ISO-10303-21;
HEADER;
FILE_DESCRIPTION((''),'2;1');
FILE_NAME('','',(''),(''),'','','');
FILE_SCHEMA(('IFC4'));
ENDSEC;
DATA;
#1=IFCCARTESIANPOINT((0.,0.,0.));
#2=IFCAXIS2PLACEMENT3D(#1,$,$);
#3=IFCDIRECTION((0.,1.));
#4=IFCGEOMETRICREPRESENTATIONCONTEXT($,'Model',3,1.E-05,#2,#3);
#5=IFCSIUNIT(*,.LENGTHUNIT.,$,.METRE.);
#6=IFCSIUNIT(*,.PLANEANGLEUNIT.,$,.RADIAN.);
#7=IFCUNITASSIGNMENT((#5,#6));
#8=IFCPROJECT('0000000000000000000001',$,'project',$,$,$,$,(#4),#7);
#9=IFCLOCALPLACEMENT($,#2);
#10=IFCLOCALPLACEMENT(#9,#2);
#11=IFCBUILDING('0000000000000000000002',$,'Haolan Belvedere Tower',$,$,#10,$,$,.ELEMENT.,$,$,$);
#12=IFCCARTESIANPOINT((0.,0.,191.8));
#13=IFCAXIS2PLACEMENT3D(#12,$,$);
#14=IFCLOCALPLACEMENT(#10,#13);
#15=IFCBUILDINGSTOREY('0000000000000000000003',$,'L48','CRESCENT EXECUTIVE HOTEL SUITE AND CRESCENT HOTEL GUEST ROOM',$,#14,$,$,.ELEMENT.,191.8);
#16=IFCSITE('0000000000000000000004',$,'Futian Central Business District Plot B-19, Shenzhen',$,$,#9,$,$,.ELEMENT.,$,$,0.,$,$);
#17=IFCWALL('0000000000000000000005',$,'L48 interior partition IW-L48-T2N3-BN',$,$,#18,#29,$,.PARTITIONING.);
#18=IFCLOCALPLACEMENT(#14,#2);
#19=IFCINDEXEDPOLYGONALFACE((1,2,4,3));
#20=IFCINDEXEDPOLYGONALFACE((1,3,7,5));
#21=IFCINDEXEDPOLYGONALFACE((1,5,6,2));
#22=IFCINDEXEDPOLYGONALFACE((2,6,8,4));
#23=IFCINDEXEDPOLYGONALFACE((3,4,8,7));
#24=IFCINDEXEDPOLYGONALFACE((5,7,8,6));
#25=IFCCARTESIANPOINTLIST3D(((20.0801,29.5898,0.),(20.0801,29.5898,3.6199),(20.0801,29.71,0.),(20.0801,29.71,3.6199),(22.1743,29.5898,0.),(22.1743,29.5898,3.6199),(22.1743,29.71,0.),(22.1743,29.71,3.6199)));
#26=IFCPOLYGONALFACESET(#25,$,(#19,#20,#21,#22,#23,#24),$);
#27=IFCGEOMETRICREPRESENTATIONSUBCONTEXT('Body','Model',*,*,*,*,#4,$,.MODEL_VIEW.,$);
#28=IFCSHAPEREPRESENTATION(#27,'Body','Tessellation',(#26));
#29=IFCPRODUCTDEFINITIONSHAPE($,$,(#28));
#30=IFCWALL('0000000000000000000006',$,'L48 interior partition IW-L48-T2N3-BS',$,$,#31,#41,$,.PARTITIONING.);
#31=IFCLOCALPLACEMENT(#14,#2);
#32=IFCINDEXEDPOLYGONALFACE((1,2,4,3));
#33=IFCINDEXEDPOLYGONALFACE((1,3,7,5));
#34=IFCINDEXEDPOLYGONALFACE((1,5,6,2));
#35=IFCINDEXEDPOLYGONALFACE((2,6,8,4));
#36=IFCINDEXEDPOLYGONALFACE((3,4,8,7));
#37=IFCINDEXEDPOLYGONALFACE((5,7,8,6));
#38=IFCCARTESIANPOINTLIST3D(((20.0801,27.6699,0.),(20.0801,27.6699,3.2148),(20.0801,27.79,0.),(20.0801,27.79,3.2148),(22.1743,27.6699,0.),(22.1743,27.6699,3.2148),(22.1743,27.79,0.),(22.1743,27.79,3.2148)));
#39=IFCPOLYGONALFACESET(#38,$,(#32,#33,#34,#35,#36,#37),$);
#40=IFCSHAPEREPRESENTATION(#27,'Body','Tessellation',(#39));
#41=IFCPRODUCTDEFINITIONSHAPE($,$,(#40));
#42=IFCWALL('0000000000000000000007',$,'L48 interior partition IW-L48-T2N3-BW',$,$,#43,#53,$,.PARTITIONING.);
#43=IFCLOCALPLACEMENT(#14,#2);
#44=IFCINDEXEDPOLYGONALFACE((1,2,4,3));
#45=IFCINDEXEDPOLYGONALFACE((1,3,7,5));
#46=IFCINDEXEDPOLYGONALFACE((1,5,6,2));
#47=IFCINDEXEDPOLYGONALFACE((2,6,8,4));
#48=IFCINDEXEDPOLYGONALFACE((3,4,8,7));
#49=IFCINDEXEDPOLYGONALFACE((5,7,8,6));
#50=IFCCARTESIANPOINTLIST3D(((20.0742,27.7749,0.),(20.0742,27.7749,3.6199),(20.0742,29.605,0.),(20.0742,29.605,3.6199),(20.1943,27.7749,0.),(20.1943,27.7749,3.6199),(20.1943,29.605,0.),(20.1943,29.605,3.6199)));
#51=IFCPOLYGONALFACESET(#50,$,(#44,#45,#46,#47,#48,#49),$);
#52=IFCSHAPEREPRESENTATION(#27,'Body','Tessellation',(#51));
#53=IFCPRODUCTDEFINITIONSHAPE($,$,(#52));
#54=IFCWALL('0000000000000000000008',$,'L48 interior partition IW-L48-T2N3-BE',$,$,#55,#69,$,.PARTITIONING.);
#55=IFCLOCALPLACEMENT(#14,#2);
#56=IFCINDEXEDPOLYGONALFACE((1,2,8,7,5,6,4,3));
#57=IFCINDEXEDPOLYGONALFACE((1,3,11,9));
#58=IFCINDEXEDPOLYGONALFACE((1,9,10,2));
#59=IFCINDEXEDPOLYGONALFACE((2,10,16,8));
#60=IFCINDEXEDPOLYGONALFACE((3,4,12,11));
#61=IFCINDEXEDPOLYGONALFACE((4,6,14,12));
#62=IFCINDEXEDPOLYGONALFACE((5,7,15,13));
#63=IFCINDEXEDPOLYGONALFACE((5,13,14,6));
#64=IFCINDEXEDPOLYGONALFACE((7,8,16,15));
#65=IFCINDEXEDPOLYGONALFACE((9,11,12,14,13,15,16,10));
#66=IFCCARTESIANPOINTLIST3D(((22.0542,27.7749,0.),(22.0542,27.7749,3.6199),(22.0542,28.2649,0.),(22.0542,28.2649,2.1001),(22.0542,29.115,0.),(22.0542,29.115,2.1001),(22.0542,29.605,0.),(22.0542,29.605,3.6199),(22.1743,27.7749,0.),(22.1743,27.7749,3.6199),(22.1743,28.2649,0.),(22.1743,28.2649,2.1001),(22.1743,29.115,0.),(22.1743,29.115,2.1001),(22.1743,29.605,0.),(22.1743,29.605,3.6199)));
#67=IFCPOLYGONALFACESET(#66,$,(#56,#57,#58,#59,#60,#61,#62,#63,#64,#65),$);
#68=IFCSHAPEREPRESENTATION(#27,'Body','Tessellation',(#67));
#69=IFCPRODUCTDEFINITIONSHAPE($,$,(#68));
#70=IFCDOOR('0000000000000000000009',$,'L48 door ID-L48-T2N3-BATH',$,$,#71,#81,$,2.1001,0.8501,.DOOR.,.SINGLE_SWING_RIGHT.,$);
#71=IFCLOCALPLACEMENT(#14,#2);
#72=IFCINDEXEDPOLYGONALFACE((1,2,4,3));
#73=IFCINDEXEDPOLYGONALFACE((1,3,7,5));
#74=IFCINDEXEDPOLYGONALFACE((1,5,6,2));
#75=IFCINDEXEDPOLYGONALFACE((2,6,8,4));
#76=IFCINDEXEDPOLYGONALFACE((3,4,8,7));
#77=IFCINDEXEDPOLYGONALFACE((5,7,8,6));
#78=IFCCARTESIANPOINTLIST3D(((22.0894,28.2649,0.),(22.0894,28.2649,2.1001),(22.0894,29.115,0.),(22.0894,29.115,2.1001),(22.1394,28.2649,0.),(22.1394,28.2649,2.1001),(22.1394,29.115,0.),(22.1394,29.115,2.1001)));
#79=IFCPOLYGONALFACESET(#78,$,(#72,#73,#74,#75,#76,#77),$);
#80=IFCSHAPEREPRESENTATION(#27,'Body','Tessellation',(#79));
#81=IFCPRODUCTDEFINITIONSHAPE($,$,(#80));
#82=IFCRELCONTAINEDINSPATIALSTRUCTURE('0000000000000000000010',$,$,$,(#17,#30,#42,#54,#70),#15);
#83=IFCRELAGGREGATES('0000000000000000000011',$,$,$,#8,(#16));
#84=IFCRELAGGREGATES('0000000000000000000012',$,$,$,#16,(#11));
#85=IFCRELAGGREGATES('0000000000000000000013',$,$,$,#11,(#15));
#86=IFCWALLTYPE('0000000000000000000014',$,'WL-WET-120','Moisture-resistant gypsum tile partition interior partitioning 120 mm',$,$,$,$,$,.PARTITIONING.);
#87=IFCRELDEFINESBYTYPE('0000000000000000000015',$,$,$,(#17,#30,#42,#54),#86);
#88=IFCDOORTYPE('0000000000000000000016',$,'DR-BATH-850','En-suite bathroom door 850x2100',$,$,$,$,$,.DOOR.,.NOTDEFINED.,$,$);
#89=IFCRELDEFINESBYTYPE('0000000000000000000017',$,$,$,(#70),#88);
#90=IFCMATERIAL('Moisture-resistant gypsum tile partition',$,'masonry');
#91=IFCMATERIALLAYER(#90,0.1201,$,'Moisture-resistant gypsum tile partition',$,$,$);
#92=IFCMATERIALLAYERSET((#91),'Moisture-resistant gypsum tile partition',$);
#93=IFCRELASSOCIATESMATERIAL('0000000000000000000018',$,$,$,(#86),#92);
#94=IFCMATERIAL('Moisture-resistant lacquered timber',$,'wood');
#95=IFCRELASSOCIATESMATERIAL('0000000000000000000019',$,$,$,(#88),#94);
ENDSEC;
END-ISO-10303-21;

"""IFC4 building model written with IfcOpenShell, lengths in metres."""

from ifc_helpers import new_model, si_unit, direction, frame, frame_2d, origin, place, context, subcontext, project, spatial, rectangle, extrude, material, layer, layer_set, type_object, element, fill, save


model = new_model("IFC4")

# Units and contexts
model_context = context("Model", 3, precision=1e-05, world=origin(), true_north=direction((0.0, 1.0)))
body_context = subcontext(model_context, "Body", "Model", "MODEL_VIEW")
ifc_project = project(units=[si_unit("LENGTHUNIT", "METRE"), si_unit("PLANEANGLEUNIT", "RADIAN")], contexts=[model_context])

# Site, building, storey
site_placement = place(None, origin())
site = spatial("IfcSite", under=ifc_project, at=site_placement, Name="Futian Central Business District Plot B-19, Shenzhen", CompositionType="ELEMENT", RefElevation=0.0)
building_placement = place(site_placement, origin())
building = spatial("IfcBuilding", under=site, at=building_placement, Name="Haolan Belvedere Tower", CompositionType="ELEMENT")
storey_placement = place(building_placement, frame((0.0, 0.0, 191.8)))
storey = spatial("IfcBuildingStorey", under=building, at=storey_placement, Name="L48", Description="CRESCENT EXECUTIVE HOTEL SUITE AND CRESCENT HOTEL GUEST ROOM", CompositionType="ELEMENT", Elevation=191.8)

# Walls
ifc_material_1 = material(Name="Moisture-resistant gypsum tile partition", Category="masonry")
ifc_layer_1 = layer(ifc_material_1, 0.1201, Name="Moisture-resistant gypsum tile partition")
ifc_layer_set_1 = layer_set([ifc_layer_1], Name="Moisture-resistant gypsum tile partition")
wall_type_1 = type_object("IfcWallType", Name="WL-WET-120", Description="Moisture-resistant gypsum tile partition interior partitioning 120 mm", PredefinedType="PARTITIONING", material=ifc_layer_set_1)
wall_1_placement = place(storey_placement, frame((20.0801, 29.6499, 0.0), z_axis=(0.0, 0.0, 1.0), x_axis=(1.0, 0.0, 0.0)))
element("IfcWall", 1, at=wall_1_placement, inside=storey, type_object=wall_type_1, Name="L48 interior partition IW-L48-T2N3-BN", PredefinedType="PARTITIONING", context=body_context, shape_type="SweptSolid", body=[
    extrude(rectangle(XDim=2.0942, YDim=0.1201, at=frame_2d((1.0471, 0.0))), origin(), (0.0, 0.0, 1.0), 3.6199),
])
wall_2_placement = place(storey_placement, frame((20.0801, 27.73, 0.0), z_axis=(0.0, 0.0, 1.0), x_axis=(1.0, 0.0, 0.0)))
element("IfcWall", 2, at=wall_2_placement, inside=storey, type_object=wall_type_1, Name="L48 interior partition IW-L48-T2N3-BS", PredefinedType="PARTITIONING", context=body_context, shape_type="SweptSolid", body=[
    extrude(rectangle(XDim=2.0942, YDim=0.1201, at=frame_2d((1.0471, 0.0))), origin(), (0.0, 0.0, 1.0), 3.2148),
])
wall_3_placement = place(storey_placement, frame((20.1343, 27.7749, 0.0), z_axis=(0.0, 0.0, 1.0), x_axis=(0.0, 1.0, 0.0)))
element("IfcWall", 3, at=wall_3_placement, inside=storey, type_object=wall_type_1, Name="L48 interior partition IW-L48-T2N3-BW", PredefinedType="PARTITIONING", context=body_context, shape_type="SweptSolid", body=[
    extrude(rectangle(XDim=1.8301, YDim=0.1201, at=frame_2d((0.915, 0.0))), origin(), (0.0, 0.0, 1.0), 3.6199),
])

# Wall, opening, door
wall_4_placement = place(storey_placement, frame((22.1143, 27.7749, 0.0), z_axis=(0.0, 0.0, 1.0), x_axis=(0.0, 1.0, 0.0)))
wall_4 = element("IfcWall", 4, at=wall_4_placement, inside=storey, type_object=wall_type_1, Name="L48 interior partition IW-L48-T2N3-BE", PredefinedType="PARTITIONING", context=body_context, shape_type="SweptSolid", body=[
    extrude(rectangle(XDim=1.8301, YDim=0.1201, at=frame_2d((0.915, 0.0))), origin(), (0.0, 0.0, 1.0), 3.6199),
])
opening_1_placement = place(wall_4_placement, frame((0.49, 0.0, 0.0)))
opening_1 = element("IfcOpeningElement", 5, at=opening_1_placement, cuts=wall_4, PredefinedType="OPENING", context=body_context, shape_type="SweptSolid", body=[
    extrude(rectangle(XDim=0.8501, YDim=2.1001, at=frame_2d((0.425, 1.05))), frame((0.0, 0.0701, 0.0), z_axis=(0.0, -1.0, 0.0), x_axis=(1.0, 0.0, 0.0)), (0.0, 0.0, 1.0), 0.1401),
])
ifc_material_2 = material(Name="Moisture-resistant lacquered timber", Category="wood")
door_type_1 = type_object("IfcDoorType", Name="DR-BATH-850", Description="En-suite bathroom door 850x2100", OperationType="NOTDEFINED", PredefinedType="DOOR", material=ifc_material_2)
door_1_placement = place(opening_1_placement, origin())
door_1 = element("IfcDoor", 6, at=door_1_placement, inside=storey, type_object=door_type_1, Name="L48 door ID-L48-T2N3-BATH", OperationType="SINGLE_SWING_RIGHT", OverallHeight=2.1001, OverallWidth=0.8501, PredefinedType="DOOR", context=body_context, shape_type="SweptSolid", body=[
    extrude(rectangle(XDim=0.8501, YDim=2.1001, at=frame_2d((0.425, 1.05))), frame((0.0, 0.0249, 0.0), z_axis=(0.0, -1.0, 0.0), x_axis=(1.0, 0.0, 0.0)), (0.0, 0.0, 1.0), 0.05),
])
fill(opening_1, door_1)

save(model, "model.ifc")
